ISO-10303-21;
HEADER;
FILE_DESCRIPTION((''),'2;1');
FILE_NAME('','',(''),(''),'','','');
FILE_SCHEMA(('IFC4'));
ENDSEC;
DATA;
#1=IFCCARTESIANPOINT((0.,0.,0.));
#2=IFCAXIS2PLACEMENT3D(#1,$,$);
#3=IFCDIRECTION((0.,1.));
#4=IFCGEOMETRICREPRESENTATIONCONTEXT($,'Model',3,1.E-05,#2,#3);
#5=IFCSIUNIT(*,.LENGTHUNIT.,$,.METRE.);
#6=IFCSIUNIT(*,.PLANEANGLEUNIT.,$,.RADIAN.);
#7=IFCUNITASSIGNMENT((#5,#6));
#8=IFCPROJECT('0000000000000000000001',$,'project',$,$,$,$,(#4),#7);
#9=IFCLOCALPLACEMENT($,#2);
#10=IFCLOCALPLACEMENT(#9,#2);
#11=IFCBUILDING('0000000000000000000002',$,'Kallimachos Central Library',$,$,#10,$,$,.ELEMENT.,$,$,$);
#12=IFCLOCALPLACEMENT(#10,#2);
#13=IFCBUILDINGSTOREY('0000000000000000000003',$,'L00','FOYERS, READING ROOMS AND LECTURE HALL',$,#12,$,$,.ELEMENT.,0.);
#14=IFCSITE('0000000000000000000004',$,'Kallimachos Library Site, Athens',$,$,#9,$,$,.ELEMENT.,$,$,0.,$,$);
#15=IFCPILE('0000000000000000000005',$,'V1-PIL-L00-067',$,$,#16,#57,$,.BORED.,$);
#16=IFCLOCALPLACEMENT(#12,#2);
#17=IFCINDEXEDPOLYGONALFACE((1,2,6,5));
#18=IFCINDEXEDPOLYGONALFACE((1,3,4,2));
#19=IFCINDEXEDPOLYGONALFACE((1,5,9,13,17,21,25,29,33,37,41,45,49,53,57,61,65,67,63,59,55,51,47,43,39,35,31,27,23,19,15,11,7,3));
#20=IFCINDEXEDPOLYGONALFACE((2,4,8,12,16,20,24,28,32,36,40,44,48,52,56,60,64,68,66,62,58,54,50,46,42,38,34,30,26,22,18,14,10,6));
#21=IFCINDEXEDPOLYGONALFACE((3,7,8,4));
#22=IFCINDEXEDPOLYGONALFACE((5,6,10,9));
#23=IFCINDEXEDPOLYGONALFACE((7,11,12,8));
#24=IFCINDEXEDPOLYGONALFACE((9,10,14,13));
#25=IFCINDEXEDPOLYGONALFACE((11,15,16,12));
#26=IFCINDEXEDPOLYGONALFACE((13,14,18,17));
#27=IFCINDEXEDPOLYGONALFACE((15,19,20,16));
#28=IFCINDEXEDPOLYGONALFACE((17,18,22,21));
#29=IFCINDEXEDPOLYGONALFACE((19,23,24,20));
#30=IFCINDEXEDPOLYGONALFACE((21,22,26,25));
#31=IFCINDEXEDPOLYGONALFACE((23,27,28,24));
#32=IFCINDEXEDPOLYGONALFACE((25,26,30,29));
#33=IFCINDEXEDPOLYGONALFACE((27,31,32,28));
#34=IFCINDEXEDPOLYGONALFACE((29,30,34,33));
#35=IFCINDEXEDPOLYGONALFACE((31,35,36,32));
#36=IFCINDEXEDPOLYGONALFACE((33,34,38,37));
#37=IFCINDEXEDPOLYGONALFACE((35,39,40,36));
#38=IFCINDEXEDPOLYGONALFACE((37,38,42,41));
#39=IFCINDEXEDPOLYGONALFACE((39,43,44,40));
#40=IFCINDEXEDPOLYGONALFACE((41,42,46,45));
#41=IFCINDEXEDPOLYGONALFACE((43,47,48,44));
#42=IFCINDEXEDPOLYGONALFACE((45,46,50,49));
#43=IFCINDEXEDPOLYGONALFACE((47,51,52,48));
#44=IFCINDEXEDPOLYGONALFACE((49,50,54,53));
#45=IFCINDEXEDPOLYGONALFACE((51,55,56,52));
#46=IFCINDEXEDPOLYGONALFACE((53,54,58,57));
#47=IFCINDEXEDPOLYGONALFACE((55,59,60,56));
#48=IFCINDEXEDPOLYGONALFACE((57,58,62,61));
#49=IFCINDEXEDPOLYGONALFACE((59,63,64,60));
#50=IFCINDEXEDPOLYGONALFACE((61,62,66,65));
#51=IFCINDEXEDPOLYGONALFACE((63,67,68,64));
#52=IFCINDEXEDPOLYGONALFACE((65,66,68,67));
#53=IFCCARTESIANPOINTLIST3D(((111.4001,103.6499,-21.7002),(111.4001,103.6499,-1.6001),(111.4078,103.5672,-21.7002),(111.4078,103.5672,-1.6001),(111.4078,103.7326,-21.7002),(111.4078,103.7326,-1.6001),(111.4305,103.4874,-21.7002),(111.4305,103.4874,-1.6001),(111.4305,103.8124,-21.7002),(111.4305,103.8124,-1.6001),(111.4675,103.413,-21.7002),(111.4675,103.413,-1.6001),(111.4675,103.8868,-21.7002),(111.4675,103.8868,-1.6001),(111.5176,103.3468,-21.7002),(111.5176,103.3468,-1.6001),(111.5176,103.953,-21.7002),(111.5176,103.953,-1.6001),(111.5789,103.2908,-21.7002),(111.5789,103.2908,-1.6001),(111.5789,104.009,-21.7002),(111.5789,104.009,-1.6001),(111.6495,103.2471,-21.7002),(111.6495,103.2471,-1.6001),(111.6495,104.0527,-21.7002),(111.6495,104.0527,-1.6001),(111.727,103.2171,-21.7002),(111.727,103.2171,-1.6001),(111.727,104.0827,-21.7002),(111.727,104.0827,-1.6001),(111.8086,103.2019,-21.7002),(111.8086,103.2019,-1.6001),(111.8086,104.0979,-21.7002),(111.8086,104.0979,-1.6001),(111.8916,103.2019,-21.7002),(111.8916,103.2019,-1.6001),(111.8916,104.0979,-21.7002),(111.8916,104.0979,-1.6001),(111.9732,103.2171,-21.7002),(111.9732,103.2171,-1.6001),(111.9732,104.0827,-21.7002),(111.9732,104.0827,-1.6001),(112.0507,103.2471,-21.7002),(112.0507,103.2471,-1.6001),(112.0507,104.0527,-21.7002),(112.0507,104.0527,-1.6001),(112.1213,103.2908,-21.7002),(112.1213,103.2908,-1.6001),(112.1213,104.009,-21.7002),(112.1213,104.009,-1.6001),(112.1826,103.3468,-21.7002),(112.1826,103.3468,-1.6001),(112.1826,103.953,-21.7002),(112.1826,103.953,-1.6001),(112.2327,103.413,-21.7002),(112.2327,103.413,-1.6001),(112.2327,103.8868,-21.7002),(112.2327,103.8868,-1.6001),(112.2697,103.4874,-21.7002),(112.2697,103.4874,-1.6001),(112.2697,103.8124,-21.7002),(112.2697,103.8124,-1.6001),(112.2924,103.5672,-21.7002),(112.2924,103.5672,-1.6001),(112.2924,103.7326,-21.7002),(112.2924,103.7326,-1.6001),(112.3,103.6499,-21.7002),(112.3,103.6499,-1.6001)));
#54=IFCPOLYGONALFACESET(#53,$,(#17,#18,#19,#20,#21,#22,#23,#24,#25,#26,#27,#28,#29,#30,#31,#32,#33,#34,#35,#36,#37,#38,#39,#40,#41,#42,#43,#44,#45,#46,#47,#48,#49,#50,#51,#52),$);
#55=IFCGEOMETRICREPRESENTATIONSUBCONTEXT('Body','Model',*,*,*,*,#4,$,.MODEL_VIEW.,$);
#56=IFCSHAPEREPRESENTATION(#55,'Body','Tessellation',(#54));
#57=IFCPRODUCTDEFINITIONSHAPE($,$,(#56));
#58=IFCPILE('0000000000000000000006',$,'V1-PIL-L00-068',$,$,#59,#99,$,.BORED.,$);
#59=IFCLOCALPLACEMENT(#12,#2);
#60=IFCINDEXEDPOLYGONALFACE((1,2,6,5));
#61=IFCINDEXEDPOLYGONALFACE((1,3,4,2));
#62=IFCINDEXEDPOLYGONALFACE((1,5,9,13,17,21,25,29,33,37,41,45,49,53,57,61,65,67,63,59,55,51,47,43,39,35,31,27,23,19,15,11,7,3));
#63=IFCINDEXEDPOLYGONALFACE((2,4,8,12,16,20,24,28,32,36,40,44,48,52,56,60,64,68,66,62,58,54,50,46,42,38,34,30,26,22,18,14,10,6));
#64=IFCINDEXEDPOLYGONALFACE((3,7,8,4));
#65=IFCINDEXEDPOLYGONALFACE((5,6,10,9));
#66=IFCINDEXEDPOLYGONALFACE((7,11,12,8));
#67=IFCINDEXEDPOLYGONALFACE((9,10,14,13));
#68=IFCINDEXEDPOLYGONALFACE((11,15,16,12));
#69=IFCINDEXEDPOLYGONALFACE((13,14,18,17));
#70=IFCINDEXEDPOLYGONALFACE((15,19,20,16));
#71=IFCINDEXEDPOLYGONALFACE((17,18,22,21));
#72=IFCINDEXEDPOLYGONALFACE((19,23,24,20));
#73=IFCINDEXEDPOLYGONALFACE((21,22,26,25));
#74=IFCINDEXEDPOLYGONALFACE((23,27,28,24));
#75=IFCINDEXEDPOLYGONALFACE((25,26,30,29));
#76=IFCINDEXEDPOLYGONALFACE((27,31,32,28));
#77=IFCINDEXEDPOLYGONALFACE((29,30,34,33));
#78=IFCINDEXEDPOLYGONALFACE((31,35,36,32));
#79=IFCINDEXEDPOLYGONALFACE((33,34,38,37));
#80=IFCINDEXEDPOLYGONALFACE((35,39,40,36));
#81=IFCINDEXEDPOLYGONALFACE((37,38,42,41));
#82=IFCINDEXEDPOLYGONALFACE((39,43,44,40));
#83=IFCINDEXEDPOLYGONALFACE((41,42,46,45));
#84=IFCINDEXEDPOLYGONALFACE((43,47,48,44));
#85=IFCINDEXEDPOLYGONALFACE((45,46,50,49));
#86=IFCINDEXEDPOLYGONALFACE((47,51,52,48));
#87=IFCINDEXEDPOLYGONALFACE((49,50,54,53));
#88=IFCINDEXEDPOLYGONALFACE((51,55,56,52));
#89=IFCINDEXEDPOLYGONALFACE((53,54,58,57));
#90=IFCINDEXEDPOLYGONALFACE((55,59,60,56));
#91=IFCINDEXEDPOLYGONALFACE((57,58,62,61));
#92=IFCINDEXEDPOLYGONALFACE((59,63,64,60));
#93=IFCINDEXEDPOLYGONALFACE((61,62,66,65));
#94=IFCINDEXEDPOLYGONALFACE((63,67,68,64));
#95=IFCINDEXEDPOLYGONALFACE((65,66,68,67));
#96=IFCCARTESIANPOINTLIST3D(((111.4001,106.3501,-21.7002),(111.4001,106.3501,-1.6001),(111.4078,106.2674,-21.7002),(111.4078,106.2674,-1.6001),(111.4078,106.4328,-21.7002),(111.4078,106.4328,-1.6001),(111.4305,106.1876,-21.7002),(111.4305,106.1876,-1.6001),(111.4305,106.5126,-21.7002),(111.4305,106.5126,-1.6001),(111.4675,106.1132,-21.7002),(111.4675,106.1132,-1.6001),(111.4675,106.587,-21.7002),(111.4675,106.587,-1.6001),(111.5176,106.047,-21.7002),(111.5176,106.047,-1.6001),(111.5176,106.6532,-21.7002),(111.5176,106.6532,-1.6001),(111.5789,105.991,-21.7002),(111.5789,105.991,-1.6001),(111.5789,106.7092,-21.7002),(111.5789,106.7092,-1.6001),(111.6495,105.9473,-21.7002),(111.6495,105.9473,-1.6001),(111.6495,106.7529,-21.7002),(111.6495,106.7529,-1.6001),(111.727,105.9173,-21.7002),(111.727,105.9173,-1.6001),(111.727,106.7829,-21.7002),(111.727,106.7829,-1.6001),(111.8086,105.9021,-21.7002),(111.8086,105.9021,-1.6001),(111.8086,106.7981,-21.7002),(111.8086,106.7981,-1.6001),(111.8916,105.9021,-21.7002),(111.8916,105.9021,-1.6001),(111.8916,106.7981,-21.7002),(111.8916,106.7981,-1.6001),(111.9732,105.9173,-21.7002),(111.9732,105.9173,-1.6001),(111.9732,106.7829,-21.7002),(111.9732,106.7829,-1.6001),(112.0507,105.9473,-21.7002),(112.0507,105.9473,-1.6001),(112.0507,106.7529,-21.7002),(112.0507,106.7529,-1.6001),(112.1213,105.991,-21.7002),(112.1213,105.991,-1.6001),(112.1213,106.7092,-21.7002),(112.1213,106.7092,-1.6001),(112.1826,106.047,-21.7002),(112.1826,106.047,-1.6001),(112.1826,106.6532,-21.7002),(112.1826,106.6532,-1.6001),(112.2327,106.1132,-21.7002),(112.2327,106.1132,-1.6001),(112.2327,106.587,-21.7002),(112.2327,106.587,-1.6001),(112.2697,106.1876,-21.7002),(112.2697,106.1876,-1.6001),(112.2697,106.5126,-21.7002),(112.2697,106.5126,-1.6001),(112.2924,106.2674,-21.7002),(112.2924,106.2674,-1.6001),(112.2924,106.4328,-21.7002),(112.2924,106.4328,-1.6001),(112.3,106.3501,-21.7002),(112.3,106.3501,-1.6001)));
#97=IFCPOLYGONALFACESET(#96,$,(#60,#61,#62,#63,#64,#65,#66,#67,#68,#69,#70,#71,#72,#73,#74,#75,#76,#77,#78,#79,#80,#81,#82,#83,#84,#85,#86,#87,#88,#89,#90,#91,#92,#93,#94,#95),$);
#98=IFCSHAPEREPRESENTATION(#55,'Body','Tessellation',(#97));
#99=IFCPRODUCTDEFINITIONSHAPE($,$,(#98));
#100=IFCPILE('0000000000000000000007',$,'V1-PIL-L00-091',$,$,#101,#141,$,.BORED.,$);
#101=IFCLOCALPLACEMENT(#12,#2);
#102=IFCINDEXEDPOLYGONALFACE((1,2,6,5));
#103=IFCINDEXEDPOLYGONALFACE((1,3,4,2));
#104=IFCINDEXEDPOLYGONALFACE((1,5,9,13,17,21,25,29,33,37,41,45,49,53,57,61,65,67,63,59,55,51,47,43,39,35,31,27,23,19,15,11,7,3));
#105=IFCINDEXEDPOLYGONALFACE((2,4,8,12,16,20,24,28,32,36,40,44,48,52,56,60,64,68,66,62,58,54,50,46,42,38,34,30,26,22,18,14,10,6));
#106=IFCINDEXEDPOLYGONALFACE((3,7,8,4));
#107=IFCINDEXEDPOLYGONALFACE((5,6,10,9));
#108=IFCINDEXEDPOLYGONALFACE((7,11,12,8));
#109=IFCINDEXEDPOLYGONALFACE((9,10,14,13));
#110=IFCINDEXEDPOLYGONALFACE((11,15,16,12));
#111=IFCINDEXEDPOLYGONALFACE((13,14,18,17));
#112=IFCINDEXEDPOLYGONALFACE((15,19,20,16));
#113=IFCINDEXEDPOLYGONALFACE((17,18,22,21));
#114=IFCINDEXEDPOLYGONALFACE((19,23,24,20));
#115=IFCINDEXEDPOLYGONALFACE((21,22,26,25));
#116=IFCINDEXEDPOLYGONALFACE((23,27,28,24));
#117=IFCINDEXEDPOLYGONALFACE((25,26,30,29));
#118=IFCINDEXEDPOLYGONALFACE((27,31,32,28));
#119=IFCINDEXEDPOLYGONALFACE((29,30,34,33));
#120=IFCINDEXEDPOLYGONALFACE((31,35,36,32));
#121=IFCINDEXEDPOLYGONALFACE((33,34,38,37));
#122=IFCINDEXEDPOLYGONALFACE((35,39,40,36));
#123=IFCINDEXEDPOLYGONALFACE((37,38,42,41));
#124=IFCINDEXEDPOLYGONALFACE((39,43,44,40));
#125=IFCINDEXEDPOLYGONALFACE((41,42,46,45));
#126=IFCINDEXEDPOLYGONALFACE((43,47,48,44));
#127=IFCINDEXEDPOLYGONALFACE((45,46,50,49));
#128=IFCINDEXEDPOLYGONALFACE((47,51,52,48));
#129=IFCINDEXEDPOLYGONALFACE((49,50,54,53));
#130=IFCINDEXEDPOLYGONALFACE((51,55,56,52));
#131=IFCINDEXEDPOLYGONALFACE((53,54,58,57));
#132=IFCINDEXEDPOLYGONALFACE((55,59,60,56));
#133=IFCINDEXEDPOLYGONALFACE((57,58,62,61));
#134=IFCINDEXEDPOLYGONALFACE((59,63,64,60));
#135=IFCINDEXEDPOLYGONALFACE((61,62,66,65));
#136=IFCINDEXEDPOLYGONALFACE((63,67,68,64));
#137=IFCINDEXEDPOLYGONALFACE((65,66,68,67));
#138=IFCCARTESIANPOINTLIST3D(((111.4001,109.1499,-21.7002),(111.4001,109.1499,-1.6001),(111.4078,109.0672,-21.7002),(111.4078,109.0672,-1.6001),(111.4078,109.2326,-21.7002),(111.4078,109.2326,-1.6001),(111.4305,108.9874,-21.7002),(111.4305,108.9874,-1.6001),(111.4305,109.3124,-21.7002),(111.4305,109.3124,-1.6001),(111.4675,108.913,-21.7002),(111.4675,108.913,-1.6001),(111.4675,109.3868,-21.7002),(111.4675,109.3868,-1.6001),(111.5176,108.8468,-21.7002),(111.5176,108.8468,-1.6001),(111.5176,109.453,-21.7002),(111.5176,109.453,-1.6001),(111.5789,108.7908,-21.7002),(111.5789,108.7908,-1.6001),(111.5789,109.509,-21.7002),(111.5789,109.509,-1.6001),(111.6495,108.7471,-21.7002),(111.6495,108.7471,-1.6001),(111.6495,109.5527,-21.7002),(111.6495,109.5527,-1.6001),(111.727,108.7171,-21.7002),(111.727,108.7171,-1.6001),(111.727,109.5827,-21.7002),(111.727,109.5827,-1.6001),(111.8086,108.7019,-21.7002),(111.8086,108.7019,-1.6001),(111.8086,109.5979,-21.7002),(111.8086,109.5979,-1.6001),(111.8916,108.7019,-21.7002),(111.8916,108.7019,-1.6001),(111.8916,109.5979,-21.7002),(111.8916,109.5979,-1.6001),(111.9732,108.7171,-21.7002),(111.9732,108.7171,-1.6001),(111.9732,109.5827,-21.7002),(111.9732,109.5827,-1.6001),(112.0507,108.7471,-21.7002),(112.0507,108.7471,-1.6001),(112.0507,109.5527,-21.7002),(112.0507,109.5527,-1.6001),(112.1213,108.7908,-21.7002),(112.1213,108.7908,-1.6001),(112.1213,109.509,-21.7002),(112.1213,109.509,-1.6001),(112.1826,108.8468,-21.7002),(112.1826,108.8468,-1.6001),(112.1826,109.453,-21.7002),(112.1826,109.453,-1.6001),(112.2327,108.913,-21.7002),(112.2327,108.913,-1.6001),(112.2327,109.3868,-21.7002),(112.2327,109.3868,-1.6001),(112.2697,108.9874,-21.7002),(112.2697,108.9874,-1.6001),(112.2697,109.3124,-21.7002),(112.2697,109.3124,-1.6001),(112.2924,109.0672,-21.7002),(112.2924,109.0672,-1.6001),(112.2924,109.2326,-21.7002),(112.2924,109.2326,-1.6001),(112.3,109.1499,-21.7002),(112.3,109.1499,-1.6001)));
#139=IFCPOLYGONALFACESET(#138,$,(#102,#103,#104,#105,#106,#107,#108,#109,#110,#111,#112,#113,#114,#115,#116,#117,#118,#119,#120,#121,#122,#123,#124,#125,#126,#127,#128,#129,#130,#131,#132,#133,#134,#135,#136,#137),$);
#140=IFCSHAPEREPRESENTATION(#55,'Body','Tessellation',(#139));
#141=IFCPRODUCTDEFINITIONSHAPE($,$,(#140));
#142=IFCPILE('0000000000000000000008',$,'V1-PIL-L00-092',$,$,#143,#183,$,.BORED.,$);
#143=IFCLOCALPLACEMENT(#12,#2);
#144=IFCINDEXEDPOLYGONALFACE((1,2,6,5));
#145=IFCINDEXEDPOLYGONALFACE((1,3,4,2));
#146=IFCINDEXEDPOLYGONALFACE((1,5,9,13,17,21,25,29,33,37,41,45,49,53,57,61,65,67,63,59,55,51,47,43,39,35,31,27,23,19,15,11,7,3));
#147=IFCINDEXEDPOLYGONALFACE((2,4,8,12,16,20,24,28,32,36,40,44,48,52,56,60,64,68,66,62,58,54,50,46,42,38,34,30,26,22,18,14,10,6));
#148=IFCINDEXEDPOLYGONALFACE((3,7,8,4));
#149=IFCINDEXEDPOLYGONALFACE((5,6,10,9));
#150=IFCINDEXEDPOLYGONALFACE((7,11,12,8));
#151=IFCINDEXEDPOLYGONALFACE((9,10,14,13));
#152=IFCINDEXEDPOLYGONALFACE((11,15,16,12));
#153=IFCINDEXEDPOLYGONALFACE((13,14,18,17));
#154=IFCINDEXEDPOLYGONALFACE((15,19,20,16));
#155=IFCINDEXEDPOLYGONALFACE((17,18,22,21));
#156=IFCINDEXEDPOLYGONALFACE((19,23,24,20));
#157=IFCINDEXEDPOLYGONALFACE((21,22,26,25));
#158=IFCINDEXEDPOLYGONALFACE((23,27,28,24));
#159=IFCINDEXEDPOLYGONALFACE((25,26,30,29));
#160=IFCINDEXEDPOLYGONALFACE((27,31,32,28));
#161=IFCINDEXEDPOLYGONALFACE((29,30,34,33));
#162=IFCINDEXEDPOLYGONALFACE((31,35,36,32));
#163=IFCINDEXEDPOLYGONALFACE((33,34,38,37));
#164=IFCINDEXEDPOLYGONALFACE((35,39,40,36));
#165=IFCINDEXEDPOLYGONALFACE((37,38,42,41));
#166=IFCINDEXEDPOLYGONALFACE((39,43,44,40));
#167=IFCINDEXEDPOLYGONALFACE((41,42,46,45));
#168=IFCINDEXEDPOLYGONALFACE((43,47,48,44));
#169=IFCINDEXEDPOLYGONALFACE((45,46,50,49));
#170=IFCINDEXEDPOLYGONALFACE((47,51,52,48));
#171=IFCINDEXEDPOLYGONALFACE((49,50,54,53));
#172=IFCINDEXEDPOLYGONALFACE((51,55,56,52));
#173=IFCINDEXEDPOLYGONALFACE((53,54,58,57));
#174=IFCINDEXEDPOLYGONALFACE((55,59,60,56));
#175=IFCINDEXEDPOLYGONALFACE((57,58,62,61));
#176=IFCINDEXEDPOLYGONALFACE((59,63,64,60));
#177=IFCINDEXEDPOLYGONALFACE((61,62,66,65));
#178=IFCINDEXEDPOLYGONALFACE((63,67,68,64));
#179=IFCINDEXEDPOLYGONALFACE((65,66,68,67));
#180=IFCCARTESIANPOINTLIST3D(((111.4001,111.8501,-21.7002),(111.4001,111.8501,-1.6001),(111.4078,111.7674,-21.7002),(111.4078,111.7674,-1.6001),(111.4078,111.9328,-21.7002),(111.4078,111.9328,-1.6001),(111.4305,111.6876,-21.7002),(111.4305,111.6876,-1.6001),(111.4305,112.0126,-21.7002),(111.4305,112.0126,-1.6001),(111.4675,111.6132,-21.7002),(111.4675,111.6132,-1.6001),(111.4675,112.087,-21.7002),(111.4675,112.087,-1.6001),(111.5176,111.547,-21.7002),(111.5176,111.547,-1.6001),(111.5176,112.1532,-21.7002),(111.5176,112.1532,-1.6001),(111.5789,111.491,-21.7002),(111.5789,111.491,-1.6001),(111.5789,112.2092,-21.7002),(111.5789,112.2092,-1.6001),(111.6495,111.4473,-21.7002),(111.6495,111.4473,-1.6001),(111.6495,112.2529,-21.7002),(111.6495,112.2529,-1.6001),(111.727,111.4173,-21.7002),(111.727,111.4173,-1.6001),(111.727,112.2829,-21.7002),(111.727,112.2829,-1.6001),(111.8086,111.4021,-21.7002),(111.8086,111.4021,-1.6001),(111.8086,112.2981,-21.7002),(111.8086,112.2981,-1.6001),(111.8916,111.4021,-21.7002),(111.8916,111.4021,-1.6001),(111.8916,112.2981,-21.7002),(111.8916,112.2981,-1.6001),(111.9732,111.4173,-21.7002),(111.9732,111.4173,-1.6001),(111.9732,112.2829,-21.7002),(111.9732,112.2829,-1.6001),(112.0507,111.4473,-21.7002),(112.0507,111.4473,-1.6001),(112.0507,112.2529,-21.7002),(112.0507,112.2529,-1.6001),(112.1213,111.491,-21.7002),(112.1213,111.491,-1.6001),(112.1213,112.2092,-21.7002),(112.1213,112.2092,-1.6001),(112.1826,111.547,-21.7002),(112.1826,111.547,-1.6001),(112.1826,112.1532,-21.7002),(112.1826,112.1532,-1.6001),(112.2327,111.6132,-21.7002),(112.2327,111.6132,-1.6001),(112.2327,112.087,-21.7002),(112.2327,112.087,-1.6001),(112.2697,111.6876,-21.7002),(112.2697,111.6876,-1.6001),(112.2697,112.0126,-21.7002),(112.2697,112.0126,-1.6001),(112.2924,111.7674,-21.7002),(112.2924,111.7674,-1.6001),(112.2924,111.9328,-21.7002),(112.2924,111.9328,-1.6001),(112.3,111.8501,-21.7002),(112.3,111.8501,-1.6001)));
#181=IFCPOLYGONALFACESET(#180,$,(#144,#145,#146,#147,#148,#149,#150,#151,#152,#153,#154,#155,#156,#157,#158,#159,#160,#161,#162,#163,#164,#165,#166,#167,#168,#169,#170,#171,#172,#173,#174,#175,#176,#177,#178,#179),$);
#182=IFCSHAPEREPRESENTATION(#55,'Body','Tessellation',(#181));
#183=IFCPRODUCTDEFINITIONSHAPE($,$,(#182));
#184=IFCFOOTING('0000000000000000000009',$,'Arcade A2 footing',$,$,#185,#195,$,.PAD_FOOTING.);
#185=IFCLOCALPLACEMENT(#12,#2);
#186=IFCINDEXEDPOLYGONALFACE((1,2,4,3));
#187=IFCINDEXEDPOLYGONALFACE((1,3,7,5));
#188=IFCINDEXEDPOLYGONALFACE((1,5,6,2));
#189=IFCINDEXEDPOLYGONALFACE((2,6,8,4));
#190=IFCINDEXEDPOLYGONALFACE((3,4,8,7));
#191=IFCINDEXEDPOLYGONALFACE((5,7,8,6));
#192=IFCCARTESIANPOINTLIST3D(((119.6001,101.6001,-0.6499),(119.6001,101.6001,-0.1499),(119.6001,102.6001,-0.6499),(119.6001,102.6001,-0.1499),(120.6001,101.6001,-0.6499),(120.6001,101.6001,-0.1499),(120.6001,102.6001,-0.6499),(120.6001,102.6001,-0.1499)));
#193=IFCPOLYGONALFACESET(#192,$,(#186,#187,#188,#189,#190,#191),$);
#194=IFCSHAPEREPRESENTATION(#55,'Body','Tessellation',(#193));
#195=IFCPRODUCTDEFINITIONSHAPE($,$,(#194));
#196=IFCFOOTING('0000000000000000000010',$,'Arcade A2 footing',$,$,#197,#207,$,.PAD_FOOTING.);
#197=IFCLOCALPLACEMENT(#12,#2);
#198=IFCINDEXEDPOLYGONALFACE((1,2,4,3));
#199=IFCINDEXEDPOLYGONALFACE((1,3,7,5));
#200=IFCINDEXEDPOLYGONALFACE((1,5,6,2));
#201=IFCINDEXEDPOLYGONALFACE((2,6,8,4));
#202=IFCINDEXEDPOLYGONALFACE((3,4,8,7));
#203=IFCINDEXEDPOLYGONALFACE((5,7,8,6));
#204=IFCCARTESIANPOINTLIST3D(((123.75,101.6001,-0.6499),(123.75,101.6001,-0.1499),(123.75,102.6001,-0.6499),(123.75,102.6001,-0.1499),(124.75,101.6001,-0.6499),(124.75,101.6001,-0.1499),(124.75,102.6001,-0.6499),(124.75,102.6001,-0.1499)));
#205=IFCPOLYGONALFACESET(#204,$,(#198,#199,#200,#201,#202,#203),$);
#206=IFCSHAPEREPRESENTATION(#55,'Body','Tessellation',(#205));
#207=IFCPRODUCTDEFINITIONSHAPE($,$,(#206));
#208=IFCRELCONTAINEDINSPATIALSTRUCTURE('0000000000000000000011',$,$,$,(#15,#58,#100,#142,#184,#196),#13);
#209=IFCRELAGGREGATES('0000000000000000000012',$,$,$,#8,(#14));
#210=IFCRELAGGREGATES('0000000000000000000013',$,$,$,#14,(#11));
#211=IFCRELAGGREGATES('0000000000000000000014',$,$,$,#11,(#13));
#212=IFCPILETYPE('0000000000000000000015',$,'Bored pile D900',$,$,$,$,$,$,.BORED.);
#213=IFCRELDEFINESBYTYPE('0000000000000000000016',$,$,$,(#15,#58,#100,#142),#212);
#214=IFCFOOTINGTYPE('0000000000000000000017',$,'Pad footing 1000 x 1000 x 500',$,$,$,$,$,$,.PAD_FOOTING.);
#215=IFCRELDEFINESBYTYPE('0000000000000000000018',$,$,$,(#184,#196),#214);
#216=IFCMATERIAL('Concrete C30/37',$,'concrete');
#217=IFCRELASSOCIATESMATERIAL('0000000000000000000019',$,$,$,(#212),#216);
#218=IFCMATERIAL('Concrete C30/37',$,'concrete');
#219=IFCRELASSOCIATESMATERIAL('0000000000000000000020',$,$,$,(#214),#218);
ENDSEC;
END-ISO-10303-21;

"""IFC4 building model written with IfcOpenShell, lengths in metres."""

from ifc_helpers import new_model, si_unit, direction, frame, origin, origin_2d, place, context, subcontext, project, spatial, rectangle, circle, extrude, material, type_object, element, save


model = new_model("IFC4")

# Units and contexts
model_context = context("Model", 3, precision=1e-05, world=origin(), true_north=direction((0.0, 1.0)))
body_context = subcontext(model_context, "Body", "Model", "MODEL_VIEW")
ifc_project = project(units=[si_unit("LENGTHUNIT", "METRE"), si_unit("PLANEANGLEUNIT", "RADIAN")], contexts=[model_context])

# Site, building, storey
site_placement = place(None, origin())
site = spatial("IfcSite", under=ifc_project, at=site_placement, Name="Kallimachos Library Site, Athens", CompositionType="ELEMENT", RefElevation=0.0)
building_placement = place(site_placement, origin())
building = spatial("IfcBuilding", under=site, at=building_placement, Name="Kallimachos Central Library", CompositionType="ELEMENT")
storey_placement = place(building_placement, origin())
storey = spatial("IfcBuildingStorey", under=building, at=storey_placement, Name="L00", Description="FOYERS, READING ROOMS AND LECTURE HALL", CompositionType="ELEMENT", Elevation=0.0)

# Piles
ifc_material_1 = material(Name="Concrete C30/37", Category="concrete")
pile_type = type_object("IfcPileType", Name="Bored pile D900", PredefinedType="BORED", material=ifc_material_1)
for number, where, z_axis, x_axis, name in (
    (1, (111.8501, 103.6499, -1.6001), (0.0, 0.0, -1.0), (1.0, 0.0, 0.0), "V1-PIL-L00-067"),
    (2, (111.8501, 106.3501, -1.6001), (0.0, 0.0, -1.0), (1.0, 0.0, 0.0), "V1-PIL-L00-068"),
    (3, (111.8501, 109.1499, -1.6001), (0.0, 0.0, -1.0), (1.0, 0.0, 0.0), "V1-PIL-L00-091"),
    (4, (111.8501, 111.8501, -1.6001), (0.0, 0.0, -1.0), (1.0, 0.0, 0.0), "V1-PIL-L00-092"),
):
    element("IfcPile", number, at=place(storey_placement, frame(where, z_axis=z_axis, x_axis=x_axis)), inside=storey, type_object=pile_type, Name=name, PredefinedType="BORED", context=body_context, shape_type="SweptSolid", body=[
        extrude(circle(Radius=0.45, at=origin_2d()), origin(), (0.0, 0.0, 1.0), 20.1001),
    ])

# Footings
ifc_material_2 = material(Name="Concrete C30/37", Category="concrete")
footing_type_1 = type_object("IfcFootingType", Name="Pad footing 1000 x 1000 x 500", PredefinedType="PAD_FOOTING", material=ifc_material_2)
for number, where, z_axis, x_axis, name in (
    (5, (120.1001, 102.1001, -0.6499), (0.0, 0.0, 1.0), (1.0, 0.0, 0.0), "Arcade A2 footing"),
    (6, (124.25, 102.1001, -0.6499), (0.0, 0.0, 1.0), (1.0, 0.0, 0.0), "Arcade A2 footing"),
):
    element("IfcFooting", number, at=place(storey_placement, frame(where, z_axis=z_axis, x_axis=x_axis)), inside=storey, type_object=footing_type_1, Name=name, PredefinedType="PAD_FOOTING", context=body_context, shape_type="SweptSolid", body=[
        extrude(rectangle(XDim=1.0, YDim=1.0, at=origin_2d()), origin(), (0.0, 0.0, 1.0), 0.5),
    ])

save(model, "model.ifc")
